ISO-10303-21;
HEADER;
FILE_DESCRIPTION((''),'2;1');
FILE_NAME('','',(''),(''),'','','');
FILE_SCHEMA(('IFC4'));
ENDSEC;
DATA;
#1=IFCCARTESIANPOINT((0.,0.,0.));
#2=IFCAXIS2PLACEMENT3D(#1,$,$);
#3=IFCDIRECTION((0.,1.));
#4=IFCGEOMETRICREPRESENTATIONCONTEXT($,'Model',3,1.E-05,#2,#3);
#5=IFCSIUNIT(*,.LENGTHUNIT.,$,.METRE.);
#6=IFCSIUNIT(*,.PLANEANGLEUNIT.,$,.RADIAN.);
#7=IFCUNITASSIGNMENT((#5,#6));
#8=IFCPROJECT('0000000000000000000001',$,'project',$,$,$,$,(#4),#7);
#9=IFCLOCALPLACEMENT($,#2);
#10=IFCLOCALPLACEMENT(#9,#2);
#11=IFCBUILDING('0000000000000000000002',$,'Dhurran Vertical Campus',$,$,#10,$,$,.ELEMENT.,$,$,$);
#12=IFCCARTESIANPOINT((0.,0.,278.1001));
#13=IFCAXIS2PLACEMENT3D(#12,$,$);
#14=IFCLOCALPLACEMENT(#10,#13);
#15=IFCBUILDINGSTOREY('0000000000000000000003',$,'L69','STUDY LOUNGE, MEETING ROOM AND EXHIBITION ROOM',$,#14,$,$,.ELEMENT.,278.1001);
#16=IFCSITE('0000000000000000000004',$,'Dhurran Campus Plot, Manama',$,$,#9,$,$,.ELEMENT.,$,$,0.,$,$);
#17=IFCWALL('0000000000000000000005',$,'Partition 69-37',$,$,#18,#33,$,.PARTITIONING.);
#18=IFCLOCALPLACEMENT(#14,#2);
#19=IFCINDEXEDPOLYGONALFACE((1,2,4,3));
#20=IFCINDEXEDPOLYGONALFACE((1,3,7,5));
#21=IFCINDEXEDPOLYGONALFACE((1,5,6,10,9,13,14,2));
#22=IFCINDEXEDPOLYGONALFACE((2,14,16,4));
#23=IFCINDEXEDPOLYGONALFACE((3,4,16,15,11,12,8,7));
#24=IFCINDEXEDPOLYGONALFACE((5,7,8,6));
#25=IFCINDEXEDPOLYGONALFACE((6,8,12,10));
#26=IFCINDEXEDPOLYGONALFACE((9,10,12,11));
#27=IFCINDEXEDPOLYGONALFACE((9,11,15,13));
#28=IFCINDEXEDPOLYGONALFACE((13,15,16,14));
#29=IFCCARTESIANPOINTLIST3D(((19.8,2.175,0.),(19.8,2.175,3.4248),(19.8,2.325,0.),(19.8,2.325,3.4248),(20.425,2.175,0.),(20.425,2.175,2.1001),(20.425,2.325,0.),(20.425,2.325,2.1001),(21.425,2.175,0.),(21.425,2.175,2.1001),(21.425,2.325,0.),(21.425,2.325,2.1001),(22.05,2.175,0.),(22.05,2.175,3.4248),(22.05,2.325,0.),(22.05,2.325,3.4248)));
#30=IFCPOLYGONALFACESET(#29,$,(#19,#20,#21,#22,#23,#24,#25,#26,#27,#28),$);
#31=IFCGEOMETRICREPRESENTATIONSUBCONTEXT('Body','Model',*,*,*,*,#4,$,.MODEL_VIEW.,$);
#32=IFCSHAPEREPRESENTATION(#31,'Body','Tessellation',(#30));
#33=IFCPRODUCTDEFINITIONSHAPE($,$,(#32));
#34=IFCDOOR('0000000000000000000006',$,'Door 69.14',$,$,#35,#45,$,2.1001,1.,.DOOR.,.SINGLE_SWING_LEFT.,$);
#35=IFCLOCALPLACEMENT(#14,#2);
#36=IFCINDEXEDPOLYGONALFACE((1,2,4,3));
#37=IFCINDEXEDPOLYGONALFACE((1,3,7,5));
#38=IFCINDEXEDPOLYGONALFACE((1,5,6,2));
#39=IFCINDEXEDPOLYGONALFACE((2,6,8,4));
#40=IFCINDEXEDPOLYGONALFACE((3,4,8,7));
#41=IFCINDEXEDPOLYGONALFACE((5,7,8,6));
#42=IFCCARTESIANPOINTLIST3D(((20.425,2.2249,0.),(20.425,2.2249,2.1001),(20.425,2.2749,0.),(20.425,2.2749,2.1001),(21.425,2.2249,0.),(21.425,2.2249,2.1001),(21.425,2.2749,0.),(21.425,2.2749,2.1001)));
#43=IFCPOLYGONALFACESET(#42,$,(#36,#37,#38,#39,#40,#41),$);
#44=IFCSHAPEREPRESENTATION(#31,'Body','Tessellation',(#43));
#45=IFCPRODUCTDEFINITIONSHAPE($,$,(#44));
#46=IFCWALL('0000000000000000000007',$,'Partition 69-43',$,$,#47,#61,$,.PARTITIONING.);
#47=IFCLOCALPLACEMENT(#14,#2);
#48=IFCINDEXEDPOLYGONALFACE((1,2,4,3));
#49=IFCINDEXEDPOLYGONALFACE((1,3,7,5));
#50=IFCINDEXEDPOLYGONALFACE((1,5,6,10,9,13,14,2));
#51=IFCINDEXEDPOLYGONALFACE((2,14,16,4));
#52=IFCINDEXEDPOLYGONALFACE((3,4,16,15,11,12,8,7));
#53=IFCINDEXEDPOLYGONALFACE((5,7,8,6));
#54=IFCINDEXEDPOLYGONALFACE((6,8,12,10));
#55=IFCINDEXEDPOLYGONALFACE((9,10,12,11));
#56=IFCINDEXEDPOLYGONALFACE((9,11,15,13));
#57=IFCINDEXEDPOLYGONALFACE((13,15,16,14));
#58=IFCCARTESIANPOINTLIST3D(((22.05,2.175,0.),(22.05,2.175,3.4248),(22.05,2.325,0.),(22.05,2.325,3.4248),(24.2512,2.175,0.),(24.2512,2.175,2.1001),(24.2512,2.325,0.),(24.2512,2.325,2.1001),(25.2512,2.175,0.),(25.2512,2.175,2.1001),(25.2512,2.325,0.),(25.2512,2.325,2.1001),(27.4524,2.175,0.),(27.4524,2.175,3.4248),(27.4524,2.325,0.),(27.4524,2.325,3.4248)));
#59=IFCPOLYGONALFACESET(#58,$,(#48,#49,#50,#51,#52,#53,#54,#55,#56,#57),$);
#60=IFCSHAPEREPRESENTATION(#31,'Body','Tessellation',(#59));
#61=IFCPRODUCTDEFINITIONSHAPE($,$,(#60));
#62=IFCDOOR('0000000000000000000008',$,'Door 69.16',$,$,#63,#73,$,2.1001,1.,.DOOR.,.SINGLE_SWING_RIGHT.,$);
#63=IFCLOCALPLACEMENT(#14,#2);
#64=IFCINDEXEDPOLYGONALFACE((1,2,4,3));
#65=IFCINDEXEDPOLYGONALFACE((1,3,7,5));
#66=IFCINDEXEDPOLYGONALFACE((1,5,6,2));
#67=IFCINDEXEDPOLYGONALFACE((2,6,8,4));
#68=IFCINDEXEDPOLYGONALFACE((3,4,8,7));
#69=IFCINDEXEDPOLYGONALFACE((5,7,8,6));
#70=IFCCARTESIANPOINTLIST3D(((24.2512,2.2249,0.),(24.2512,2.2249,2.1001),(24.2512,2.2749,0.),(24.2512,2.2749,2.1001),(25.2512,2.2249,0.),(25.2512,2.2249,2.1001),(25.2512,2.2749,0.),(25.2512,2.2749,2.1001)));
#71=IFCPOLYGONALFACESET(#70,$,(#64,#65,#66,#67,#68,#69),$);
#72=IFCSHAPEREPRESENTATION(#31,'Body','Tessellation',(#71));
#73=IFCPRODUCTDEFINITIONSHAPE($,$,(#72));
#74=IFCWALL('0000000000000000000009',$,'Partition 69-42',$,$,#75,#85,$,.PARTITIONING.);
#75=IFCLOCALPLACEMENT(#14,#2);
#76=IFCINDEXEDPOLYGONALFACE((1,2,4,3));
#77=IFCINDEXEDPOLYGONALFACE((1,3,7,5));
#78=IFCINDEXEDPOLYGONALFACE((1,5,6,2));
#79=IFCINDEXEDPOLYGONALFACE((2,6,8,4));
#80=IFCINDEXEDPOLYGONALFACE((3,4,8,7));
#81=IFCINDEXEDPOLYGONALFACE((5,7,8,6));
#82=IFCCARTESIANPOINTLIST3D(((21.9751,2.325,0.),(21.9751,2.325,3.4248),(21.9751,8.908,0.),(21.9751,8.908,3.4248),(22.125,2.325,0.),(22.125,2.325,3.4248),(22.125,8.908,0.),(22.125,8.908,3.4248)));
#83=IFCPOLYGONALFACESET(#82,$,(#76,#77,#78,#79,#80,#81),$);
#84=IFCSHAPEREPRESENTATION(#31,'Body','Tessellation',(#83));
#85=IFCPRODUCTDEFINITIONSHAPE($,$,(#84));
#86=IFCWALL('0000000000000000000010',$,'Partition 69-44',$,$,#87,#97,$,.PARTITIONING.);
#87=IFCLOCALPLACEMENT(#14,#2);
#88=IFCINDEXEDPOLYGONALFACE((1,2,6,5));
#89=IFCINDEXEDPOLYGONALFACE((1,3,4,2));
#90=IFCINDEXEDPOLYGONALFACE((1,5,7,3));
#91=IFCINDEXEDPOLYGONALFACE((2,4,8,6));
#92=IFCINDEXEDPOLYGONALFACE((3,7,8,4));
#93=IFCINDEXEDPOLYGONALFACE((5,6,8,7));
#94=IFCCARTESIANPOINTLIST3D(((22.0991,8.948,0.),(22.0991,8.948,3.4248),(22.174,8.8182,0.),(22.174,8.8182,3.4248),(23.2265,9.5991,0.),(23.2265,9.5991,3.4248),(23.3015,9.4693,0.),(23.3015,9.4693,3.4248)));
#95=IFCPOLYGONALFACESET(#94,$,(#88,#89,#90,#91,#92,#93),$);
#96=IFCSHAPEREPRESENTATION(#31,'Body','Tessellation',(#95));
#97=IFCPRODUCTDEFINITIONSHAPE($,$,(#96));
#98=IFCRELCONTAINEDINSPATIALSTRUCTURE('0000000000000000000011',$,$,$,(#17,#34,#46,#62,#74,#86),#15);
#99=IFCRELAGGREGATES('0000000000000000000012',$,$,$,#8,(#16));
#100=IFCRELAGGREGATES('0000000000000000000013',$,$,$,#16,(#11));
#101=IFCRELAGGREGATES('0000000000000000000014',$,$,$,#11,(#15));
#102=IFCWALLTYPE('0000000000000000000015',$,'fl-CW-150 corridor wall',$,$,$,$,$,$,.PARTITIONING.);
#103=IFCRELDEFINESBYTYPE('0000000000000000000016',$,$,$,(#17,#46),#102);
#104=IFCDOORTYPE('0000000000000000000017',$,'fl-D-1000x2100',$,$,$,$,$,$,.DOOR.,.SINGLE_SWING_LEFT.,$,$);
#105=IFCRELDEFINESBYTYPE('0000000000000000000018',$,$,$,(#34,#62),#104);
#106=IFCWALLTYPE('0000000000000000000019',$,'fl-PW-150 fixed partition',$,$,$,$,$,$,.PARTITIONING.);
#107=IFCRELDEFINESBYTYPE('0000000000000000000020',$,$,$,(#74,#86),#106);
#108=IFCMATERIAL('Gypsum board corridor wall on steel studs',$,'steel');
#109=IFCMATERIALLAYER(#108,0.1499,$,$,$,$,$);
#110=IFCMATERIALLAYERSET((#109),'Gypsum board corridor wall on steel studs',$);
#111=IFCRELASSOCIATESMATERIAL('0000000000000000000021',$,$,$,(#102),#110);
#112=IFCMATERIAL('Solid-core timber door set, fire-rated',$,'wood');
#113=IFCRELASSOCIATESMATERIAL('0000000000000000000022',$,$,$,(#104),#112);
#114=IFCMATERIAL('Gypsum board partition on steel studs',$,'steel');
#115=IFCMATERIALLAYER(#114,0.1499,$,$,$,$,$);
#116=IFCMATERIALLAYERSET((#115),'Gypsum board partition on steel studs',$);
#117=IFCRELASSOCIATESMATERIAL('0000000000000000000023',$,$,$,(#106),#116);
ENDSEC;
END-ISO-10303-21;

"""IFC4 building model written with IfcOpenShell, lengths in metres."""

from ifc_helpers import new_model, si_unit, direction, frame, frame_2d, origin, place, context, subcontext, project, spatial, rectangle, extrude, material, layer, layer_set, type_object, element, fill, save


model = new_model("IFC4")

# Units and contexts
model_context = context("Model", 3, precision=1e-05, world=origin(), true_north=direction((0.0, 1.0)))
body_context = subcontext(model_context, "Body", "Model", "MODEL_VIEW")
ifc_project = project(units=[si_unit("LENGTHUNIT", "METRE"), si_unit("PLANEANGLEUNIT", "RADIAN")], contexts=[model_context])

# Site, building, storey
site_placement = place(None, origin())
site = spatial("IfcSite", under=ifc_project, at=site_placement, Name="Dhurran Campus Plot, Manama", CompositionType="ELEMENT", RefElevation=0.0)
building_placement = place(site_placement, origin())
building = spatial("IfcBuilding", under=site, at=building_placement, Name="Dhurran Vertical Campus", CompositionType="ELEMENT")
storey_placement = place(building_placement, frame((0.0, 0.0, 278.1001)))
storey = spatial("IfcBuildingStorey", under=building, at=storey_placement, Name="L69", Description="STUDY LOUNGE, MEETING ROOM AND EXHIBITION ROOM", CompositionType="ELEMENT", Elevation=278.1001)

# Shared definitions
ifc_material_1 = material(Name="Gypsum board corridor wall on steel studs", Category="steel")
ifc_layer_1 = layer(ifc_material_1, 0.1499)
ifc_layer_set_1 = layer_set([ifc_layer_1], Name="Gypsum board corridor wall on steel studs")
wall_type_1 = type_object("IfcWallType", Name="fl-CW-150 corridor wall", PredefinedType="PARTITIONING", material=ifc_layer_set_1)
ifc_material_2 = material(Name="Solid-core timber door set, fire-rated", Category="wood")
door_type = type_object("IfcDoorType", Name="fl-D-1000x2100", OperationType="SINGLE_SWING_LEFT", PredefinedType="DOOR", material=ifc_material_2)

# Walls, openings, doors
wall_1_placement = place(storey_placement, frame((19.8, 2.25, 0.0), z_axis=(0.0, 0.0, 1.0), x_axis=(1.0, 0.0, 0.0)))
wall_1 = element("IfcWall", 1, at=wall_1_placement, inside=storey, type_object=wall_type_1, Name="Partition 69-37", PredefinedType="PARTITIONING", context=body_context, shape_type="SweptSolid", body=[
    extrude(rectangle(XDim=2.25, YDim=0.1499, at=frame_2d((1.125, 0.0))), origin(), (0.0, 0.0, 1.0), 3.4248),
])
opening_1_placement = place(wall_1_placement, frame((0.625, 0.0, 0.0)))
opening_1 = element("IfcOpeningElement", 2, at=opening_1_placement, cuts=wall_1, PredefinedType="OPENING", context=body_context, shape_type="SweptSolid", body=[
    extrude(rectangle(XDim=1.0, YDim=2.1001, at=frame_2d((0.5, 1.05))), frame((0.0, 0.085, 0.0), z_axis=(0.0, -1.0, 0.0), x_axis=(1.0, 0.0, 0.0)), (0.0, 0.0, 1.0), 0.1699),
])
door_1_placement = place(opening_1_placement, origin())
door_1 = element("IfcDoor", 3, at=door_1_placement, inside=storey, type_object=door_type, Name="Door 69.14", OperationType="SINGLE_SWING_LEFT", OverallHeight=2.1001, OverallWidth=1.0, PredefinedType="DOOR", context=body_context, shape_type="SweptSolid", body=[
    extrude(rectangle(XDim=1.0, YDim=2.1001, at=frame_2d((0.5, 1.05))), frame((0.0, 0.0249, 0.0), z_axis=(0.0, -1.0, 0.0), x_axis=(1.0, 0.0, 0.0)), (0.0, 0.0, 1.0), 0.05),
])
fill(opening_1, door_1)
wall_2_placement = place(storey_placement, frame((22.05, 2.25, 0.0), z_axis=(0.0, 0.0, 1.0), x_axis=(1.0, 0.0, 0.0)))
wall_2 = element("IfcWall", 4, at=wall_2_placement, inside=storey, type_object=wall_type_1, Name="Partition 69-43", PredefinedType="PARTITIONING", context=body_context, shape_type="SweptSolid", body=[
    extrude(rectangle(XDim=5.4023, YDim=0.1499, at=frame_2d((2.7012, 0.0))), origin(), (0.0, 0.0, 1.0), 3.4248),
])
opening_2_placement = place(wall_2_placement, frame((2.2012, 0.0, 0.0)))
opening_2 = element("IfcOpeningElement", 5, at=opening_2_placement, cuts=wall_2, PredefinedType="OPENING", context=body_context, shape_type="SweptSolid", body=[
    extrude(rectangle(XDim=1.0, YDim=2.1001, at=frame_2d((0.5, 1.05))), frame((0.0, 0.085, 0.0), z_axis=(0.0, -1.0, 0.0), x_axis=(1.0, 0.0, 0.0)), (0.0, 0.0, 1.0), 0.1699),
])
door_2_placement = place(opening_2_placement, origin())
door_2 = element("IfcDoor", 6, at=door_2_placement, inside=storey, type_object=door_type, Name="Door 69.16", OperationType="SINGLE_SWING_RIGHT", OverallHeight=2.1001, OverallWidth=1.0, PredefinedType="DOOR", context=body_context, shape_type="SweptSolid", body=[
    extrude(rectangle(XDim=1.0, YDim=2.1001, at=frame_2d((0.5, 1.05))), frame((0.0, 0.0249, 0.0), z_axis=(0.0, -1.0, 0.0), x_axis=(1.0, 0.0, 0.0)), (0.0, 0.0, 1.0), 0.05),
])
fill(opening_2, door_2)

# Walls
ifc_material_3 = material(Name="Gypsum board partition on steel studs", Category="steel")
ifc_layer_2 = layer(ifc_material_3, 0.1499)
ifc_layer_set_2 = layer_set([ifc_layer_2], Name="Gypsum board partition on steel studs")
wall_type_2 = type_object("IfcWallType", Name="fl-PW-150 fixed partition", PredefinedType="PARTITIONING", material=ifc_layer_set_2)
wall_3_placement = place(storey_placement, frame((22.05, 8.908, 0.0), z_axis=(0.0, 0.0, 1.0), x_axis=(0.0, -1.0, 0.0)))
element("IfcWall", 7, at=wall_3_placement, inside=storey, type_object=wall_type_2, Name="Partition 69-42", PredefinedType="PARTITIONING", context=body_context, shape_type="SweptSolid", body=[
    extrude(rectangle(XDim=6.583, YDim=0.1499, at=frame_2d((3.2915, 0.0))), origin(), (0.0, 0.0, 1.0), 3.4248),
])
wall_4_placement = place(storey_placement, frame((23.2639, 9.5342, 0.0), z_axis=(0.0, 0.0, 1.0), x_axis=(-0.865961, -0.500112, 0.0)))
element("IfcWall", 8, at=wall_4_placement, inside=storey, type_object=wall_type_2, Name="Partition 69-44", PredefinedType="PARTITIONING", context=body_context, shape_type="SweptSolid", body=[
    extrude(rectangle(XDim=1.302, YDim=0.1499, at=frame_2d((0.6509, 0.0))), origin(), (0.0, 0.0, 1.0), 3.4248),
])

save(model, "model.ifc")
